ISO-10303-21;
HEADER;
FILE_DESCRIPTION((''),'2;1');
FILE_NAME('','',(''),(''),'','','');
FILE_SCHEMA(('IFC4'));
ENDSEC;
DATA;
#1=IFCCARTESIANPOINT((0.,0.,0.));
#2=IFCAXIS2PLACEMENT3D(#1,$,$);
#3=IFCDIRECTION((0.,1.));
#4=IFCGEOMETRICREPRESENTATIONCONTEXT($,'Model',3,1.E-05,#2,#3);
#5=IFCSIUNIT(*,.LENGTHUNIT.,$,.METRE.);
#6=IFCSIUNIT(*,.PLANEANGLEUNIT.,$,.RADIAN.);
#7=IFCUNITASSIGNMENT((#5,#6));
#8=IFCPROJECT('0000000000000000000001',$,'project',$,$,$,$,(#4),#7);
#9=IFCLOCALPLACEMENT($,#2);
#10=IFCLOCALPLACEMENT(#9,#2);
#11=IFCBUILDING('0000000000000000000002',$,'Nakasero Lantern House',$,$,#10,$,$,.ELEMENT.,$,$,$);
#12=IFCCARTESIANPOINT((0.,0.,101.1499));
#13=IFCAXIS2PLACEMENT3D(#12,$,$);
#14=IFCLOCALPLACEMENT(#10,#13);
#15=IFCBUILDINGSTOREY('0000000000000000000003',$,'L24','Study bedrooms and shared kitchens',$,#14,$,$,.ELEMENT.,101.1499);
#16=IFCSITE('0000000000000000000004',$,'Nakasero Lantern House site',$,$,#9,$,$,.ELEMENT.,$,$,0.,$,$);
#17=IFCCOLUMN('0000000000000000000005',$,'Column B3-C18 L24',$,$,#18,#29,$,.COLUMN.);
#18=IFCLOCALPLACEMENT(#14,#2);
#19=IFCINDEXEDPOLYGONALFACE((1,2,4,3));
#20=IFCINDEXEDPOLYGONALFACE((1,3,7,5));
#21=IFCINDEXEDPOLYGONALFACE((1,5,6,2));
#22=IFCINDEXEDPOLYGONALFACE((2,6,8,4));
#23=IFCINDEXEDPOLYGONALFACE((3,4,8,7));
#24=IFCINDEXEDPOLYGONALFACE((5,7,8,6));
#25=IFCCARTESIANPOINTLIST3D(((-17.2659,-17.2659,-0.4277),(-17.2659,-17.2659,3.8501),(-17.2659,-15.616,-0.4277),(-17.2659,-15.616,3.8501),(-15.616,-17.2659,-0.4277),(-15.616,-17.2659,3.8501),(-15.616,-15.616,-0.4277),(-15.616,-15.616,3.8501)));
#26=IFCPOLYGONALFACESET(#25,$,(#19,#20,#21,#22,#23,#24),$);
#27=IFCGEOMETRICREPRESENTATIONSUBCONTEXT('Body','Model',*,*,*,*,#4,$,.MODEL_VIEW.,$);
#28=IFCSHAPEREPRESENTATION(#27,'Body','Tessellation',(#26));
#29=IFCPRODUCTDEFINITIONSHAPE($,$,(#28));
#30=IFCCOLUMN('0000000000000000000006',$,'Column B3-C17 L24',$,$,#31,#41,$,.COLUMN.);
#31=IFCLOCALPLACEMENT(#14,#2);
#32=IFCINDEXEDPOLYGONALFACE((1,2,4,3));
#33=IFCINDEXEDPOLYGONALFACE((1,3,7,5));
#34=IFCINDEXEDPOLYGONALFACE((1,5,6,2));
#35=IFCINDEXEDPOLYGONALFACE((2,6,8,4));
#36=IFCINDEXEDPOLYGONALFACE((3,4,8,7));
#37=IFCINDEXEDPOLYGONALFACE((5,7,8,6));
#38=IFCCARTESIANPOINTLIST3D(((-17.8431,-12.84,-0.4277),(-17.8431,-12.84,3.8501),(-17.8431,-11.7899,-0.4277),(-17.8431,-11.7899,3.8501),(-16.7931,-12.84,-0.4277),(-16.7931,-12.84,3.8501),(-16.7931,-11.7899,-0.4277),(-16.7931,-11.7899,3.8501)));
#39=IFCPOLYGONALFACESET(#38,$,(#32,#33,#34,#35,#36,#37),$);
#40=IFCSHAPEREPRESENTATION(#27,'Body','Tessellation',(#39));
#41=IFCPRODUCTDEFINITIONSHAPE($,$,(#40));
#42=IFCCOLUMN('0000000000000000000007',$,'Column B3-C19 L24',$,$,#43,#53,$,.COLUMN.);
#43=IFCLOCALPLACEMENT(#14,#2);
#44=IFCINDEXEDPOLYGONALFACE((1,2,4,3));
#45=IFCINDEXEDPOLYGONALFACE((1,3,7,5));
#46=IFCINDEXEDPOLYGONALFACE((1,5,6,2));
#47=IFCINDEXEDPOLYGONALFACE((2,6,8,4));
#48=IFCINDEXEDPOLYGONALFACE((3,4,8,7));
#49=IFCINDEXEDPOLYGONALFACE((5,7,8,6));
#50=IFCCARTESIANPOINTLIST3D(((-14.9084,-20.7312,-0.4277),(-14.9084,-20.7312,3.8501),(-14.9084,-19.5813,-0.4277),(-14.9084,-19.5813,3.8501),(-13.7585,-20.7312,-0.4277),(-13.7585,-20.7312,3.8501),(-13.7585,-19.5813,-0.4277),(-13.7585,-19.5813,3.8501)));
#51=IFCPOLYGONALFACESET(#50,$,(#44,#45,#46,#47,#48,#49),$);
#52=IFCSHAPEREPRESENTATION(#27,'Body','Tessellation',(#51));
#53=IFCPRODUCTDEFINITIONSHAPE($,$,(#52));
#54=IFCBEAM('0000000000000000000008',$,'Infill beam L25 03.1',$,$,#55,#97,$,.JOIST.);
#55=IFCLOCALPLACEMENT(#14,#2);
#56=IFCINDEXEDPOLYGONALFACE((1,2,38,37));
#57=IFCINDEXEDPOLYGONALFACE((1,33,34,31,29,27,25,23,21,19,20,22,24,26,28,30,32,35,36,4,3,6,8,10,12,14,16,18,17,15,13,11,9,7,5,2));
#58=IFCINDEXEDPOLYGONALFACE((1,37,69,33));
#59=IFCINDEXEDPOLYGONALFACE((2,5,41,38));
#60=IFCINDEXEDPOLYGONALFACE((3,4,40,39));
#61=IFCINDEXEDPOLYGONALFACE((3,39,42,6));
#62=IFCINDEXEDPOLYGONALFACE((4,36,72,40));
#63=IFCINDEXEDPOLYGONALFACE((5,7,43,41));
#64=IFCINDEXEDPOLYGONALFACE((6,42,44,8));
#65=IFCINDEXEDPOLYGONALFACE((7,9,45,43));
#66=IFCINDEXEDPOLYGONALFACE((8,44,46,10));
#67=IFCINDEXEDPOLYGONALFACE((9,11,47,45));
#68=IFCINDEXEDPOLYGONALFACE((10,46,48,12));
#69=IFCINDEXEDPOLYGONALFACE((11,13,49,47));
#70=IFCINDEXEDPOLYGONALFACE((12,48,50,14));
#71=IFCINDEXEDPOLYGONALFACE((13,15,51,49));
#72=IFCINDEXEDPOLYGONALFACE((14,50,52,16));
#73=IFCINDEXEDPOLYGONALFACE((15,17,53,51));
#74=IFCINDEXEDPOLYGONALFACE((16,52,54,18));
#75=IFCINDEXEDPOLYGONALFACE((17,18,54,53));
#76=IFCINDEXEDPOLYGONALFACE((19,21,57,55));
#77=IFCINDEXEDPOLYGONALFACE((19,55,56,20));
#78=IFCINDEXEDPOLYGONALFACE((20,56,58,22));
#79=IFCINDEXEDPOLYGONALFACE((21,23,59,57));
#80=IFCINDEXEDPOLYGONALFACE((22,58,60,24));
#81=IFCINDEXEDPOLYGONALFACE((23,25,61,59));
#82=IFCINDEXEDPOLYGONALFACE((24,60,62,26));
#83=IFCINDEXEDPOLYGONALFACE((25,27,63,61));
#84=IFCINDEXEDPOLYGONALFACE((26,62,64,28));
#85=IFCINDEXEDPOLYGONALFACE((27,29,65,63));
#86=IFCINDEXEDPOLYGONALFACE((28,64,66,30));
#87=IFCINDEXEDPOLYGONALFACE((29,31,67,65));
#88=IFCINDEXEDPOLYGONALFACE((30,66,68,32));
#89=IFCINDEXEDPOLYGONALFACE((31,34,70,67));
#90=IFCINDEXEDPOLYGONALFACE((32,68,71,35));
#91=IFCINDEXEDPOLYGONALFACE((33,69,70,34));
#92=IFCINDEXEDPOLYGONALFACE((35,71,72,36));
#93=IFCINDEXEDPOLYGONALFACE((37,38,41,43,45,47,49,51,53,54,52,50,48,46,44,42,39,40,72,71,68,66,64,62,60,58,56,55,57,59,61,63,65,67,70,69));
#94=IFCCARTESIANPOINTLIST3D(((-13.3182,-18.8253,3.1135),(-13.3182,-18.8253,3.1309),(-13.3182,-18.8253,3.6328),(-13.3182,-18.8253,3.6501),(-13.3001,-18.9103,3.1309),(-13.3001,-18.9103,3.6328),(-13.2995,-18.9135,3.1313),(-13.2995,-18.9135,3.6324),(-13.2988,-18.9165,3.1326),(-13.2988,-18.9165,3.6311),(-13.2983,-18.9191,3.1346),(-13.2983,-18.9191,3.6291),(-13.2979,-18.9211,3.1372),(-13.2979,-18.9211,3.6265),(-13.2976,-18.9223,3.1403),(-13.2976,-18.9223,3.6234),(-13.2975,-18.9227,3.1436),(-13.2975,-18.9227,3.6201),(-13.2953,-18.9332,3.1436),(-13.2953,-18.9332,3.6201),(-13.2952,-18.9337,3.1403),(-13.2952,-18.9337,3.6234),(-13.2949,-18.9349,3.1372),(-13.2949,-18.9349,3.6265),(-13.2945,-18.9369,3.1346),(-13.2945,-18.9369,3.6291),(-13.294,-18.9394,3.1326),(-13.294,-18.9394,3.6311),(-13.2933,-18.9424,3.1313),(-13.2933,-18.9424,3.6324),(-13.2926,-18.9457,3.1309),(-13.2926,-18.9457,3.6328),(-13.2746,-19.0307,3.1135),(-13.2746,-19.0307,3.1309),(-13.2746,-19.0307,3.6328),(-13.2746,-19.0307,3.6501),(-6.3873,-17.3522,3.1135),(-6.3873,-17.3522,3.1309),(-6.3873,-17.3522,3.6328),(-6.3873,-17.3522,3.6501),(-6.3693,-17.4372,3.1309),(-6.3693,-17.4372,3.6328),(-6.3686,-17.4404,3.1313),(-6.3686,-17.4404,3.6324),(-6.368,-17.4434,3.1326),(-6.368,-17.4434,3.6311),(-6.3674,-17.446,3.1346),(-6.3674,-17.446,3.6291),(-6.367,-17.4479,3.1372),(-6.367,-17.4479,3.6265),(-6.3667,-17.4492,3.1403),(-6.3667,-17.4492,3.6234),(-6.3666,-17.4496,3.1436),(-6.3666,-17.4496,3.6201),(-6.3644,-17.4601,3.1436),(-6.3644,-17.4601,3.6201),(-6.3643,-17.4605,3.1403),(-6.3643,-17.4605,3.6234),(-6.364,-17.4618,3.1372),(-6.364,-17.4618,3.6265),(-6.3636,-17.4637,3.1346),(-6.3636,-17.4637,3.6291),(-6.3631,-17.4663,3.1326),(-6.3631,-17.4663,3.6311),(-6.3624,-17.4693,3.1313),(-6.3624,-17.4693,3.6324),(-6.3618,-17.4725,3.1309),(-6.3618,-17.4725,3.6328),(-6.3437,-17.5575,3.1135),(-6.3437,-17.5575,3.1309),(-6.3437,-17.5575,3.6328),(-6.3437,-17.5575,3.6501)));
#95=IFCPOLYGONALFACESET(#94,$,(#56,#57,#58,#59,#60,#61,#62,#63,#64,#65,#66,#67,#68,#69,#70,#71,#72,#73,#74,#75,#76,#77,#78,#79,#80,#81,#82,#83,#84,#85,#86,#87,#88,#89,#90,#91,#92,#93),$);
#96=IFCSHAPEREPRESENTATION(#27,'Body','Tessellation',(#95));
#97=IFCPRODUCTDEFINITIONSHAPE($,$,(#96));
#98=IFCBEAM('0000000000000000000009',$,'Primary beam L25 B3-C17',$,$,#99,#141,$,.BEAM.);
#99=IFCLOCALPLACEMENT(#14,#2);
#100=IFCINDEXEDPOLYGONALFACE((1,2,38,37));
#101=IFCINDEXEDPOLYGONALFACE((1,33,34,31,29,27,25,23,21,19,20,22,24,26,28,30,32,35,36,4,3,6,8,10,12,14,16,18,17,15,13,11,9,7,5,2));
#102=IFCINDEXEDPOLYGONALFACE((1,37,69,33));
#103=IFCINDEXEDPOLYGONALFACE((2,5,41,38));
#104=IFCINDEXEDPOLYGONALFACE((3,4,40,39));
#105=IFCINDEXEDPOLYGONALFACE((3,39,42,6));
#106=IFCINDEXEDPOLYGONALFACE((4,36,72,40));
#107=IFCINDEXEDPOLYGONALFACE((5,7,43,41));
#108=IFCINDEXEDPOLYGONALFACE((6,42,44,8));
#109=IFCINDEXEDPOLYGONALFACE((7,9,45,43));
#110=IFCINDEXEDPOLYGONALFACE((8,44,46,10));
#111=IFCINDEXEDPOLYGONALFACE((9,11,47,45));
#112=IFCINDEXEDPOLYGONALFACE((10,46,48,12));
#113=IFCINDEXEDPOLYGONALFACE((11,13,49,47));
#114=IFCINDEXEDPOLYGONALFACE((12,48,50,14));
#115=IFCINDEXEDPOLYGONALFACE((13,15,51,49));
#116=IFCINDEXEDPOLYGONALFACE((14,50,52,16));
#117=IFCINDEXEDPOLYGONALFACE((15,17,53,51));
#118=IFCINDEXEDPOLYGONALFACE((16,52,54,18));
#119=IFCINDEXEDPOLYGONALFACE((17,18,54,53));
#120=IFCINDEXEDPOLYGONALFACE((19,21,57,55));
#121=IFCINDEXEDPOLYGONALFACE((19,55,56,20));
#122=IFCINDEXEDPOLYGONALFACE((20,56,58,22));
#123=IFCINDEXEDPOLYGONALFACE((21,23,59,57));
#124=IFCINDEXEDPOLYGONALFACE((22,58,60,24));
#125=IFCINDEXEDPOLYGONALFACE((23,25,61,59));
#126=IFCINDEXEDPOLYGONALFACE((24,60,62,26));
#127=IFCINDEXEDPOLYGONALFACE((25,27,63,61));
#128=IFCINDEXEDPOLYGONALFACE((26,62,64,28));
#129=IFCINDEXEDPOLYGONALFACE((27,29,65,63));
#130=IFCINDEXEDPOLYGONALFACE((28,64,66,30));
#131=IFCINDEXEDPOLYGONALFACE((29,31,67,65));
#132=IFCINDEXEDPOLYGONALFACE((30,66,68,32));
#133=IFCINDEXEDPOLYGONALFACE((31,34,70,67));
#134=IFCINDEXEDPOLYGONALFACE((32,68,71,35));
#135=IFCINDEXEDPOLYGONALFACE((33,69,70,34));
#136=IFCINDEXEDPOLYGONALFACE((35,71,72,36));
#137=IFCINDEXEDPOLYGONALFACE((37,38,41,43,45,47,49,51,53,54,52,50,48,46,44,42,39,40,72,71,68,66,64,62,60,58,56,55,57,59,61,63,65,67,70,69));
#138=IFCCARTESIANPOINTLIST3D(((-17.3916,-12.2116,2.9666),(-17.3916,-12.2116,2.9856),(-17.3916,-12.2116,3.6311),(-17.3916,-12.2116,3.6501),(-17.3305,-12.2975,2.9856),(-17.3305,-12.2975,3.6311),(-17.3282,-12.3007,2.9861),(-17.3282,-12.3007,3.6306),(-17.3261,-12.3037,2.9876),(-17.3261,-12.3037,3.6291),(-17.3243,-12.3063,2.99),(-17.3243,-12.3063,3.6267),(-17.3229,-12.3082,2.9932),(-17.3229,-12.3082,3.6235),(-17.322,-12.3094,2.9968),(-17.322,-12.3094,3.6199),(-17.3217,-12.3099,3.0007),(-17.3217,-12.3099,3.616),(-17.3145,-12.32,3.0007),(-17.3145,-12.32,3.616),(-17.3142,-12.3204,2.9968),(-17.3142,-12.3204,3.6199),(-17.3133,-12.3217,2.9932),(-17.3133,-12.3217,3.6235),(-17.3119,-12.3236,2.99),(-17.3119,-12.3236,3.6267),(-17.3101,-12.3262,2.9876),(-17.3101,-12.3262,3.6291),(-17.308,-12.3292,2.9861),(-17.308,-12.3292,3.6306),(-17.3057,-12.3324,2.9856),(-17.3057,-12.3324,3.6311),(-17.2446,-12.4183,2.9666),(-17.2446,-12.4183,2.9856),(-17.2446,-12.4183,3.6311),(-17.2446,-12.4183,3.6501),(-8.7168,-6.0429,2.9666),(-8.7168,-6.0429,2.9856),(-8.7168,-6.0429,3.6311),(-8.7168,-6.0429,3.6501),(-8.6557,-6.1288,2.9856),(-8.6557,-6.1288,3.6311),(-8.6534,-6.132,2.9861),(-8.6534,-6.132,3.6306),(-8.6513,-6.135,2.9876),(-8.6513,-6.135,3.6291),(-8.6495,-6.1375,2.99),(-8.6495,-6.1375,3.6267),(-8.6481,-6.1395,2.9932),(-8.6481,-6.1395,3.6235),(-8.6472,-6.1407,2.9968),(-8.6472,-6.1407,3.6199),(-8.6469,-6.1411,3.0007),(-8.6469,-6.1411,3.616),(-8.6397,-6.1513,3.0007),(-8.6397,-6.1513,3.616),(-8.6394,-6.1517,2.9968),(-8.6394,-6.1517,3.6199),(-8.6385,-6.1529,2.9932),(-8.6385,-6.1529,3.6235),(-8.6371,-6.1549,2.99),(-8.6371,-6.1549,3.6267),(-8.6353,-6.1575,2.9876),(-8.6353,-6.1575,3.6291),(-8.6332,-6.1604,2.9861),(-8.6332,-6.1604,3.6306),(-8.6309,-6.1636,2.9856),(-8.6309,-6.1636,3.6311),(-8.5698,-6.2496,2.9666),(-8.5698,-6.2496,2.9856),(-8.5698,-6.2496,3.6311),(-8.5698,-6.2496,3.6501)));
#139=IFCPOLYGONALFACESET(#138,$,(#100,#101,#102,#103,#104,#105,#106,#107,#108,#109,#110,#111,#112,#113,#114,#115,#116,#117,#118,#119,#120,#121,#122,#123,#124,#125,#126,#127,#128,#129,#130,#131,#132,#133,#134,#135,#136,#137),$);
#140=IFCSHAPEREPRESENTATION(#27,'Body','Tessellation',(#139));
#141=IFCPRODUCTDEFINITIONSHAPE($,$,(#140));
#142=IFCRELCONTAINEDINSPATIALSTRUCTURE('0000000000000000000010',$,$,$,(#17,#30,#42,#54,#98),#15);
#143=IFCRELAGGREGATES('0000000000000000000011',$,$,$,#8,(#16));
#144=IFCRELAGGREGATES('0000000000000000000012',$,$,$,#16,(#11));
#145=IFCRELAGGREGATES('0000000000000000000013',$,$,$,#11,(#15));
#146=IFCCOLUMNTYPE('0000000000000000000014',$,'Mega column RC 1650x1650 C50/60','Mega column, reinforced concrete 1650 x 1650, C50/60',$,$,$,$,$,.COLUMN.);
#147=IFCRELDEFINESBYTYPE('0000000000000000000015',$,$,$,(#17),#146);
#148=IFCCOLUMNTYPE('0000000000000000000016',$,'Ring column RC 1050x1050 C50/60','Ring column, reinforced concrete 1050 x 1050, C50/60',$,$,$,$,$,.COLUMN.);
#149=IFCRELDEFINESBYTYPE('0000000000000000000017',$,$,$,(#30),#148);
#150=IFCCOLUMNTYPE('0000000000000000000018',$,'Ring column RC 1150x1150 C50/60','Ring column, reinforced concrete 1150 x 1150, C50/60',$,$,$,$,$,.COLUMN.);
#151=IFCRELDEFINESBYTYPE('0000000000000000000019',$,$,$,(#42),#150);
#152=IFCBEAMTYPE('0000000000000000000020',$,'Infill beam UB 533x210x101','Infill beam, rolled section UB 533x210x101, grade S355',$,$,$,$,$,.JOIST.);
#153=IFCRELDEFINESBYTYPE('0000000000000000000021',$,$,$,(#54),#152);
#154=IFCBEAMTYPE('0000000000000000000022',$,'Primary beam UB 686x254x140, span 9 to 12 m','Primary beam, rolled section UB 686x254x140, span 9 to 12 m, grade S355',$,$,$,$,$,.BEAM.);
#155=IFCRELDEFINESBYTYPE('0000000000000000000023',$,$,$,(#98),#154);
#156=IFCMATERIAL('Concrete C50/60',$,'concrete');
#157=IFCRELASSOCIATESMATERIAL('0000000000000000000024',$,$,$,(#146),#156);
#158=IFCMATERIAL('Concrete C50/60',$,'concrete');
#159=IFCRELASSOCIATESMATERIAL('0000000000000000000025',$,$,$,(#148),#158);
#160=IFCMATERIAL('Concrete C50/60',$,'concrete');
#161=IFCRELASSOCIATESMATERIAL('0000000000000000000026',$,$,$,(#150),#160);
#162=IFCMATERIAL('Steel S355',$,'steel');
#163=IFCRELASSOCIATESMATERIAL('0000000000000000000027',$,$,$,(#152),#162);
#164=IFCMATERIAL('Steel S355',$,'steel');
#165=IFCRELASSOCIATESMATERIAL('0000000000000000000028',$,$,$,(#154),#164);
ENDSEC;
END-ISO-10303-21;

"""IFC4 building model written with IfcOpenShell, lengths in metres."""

from ifc_helpers import new_model, si_unit, direction, frame, origin, origin_2d, place, context, subcontext, project, spatial, rectangle, i_section, extrude, material, material_profile, profile_set, type_object, element, save


model = new_model("IFC4")

# Units and contexts
model_context = context("Model", 3, precision=1e-05, world=origin(), true_north=direction((0.0, 1.0)))
body_context = subcontext(model_context, "Body", "Model", "MODEL_VIEW")
ifc_project = project(units=[si_unit("LENGTHUNIT", "METRE"), si_unit("PLANEANGLEUNIT", "RADIAN")], contexts=[model_context])

# Site, building, storey
site_placement = place(None, origin())
site = spatial("IfcSite", under=ifc_project, at=site_placement, Name="Nakasero Lantern House site", CompositionType="ELEMENT", RefElevation=0.0)
building_placement = place(site_placement, origin())
building = spatial("IfcBuilding", under=site, at=building_placement, Name="Nakasero Lantern House", CompositionType="ELEMENT")
storey_placement = place(building_placement, frame((0.0, 0.0, 101.1499)))
storey = spatial("IfcBuildingStorey", under=building, at=storey_placement, Name="L24", Description="Study bedrooms and shared kitchens", CompositionType="ELEMENT", Elevation=101.1499)

# Columns
ifc_material_1 = material(Name="Concrete C50/60", Category="concrete")
ifc_material_profile_1 = material_profile(ifc_material_1, rectangle(XDim=1.6499, YDim=1.6499, at=origin_2d()), Name="RC 1650x1650")
ifc_profile_set_1 = profile_set([ifc_material_profile_1], Name="Concrete C50/60")
column_type_1 = type_object("IfcColumnType", Name="Mega column RC 1650x1650 C50/60", Description="Mega column, reinforced concrete 1650 x 1650, C50/60", PredefinedType="COLUMN", material=ifc_profile_set_1)
column_1_placement = place(storey_placement, frame((-16.4409, -16.4409, -0.4277), z_axis=(0.0, 0.0, 1.0), x_axis=(1.0, 0.0, 0.0)))
element("IfcColumn", 1, at=column_1_placement, inside=storey, type_object=column_type_1, Name="Column B3-C18 L24", PredefinedType="COLUMN", context=body_context, shape_type="SweptSolid", body=[
    extrude(rectangle(XDim=1.6499, YDim=1.6499, at=origin_2d()), origin(), (0.0, 0.0, 1.0), 4.2778),
])
ifc_material_2 = material(Name="Concrete C50/60", Category="concrete")
ifc_material_profile_2 = material_profile(ifc_material_2, rectangle(XDim=1.05, YDim=1.05, at=origin_2d()), Name="RC 1050x1050")
ifc_profile_set_2 = profile_set([ifc_material_profile_2], Name="Concrete C50/60")
column_type_2 = type_object("IfcColumnType", Name="Ring column RC 1050x1050 C50/60", Description="Ring column, reinforced concrete 1050 x 1050, C50/60", PredefinedType="COLUMN", material=ifc_profile_set_2)
column_2_placement = place(storey_placement, frame((-17.3181, -12.3149, -0.4277), z_axis=(0.0, 0.0, 1.0), x_axis=(1.0, 0.0, 0.0)))
element("IfcColumn", 2, at=column_2_placement, inside=storey, type_object=column_type_2, Name="Column B3-C17 L24", PredefinedType="COLUMN", context=body_context, shape_type="SweptSolid", body=[
    extrude(rectangle(XDim=1.05, YDim=1.05, at=origin_2d()), origin(), (0.0, 0.0, 1.0), 4.2778),
])
ifc_material_3 = material(Name="Concrete C50/60", Category="concrete")
ifc_material_profile_3 = material_profile(ifc_material_3, rectangle(XDim=1.1499, YDim=1.1499, at=origin_2d()), Name="RC 1150x1150")
ifc_profile_set_3 = profile_set([ifc_material_profile_3], Name="Concrete C50/60")
column_type_3 = type_object("IfcColumnType", Name="Ring column RC 1150x1150 C50/60", Description="Ring column, reinforced concrete 1150 x 1150, C50/60", PredefinedType="COLUMN", material=ifc_profile_set_3)
column_3_placement = place(storey_placement, frame((-14.3335, -20.1562, -0.4277), z_axis=(0.0, 0.0, 1.0), x_axis=(1.0, 0.0, 0.0)))
element("IfcColumn", 3, at=column_3_placement, inside=storey, type_object=column_type_3, Name="Column B3-C19 L24", PredefinedType="COLUMN", context=body_context, shape_type="SweptSolid", body=[
    extrude(rectangle(XDim=1.1499, YDim=1.1499, at=origin_2d()), origin(), (0.0, 0.0, 1.0), 4.2778),
])

# Beams
ifc_material_4 = material(Name="Steel S355", Category="steel")
ifc_material_profile_4 = material_profile(ifc_material_4, i_section(OverallWidth=0.21, OverallDepth=0.5366, WebThickness=0.0107, FlangeThickness=0.0173, FilletRadius=0.0127, at=origin_2d()), Name="UB 533x210x101")
ifc_profile_set_4 = profile_set([ifc_material_profile_4], Name="Steel S355")
beam_type_1 = type_object("IfcBeamType", Name="Infill beam UB 533x210x101", Description="Infill beam, rolled section UB 533x210x101, grade S355", PredefinedType="JOIST", material=ifc_profile_set_4)
beam_1_placement = place(storey_placement, frame((-13.2964, -18.928, 3.3818), z_axis=(0.978149, 0.207903, 0.0), x_axis=(-0.207903, 0.978149, 0.0)))
element("IfcBeam", 4, at=beam_1_placement, inside=storey, type_object=beam_type_1, Name="Infill beam L25 03.1", PredefinedType="JOIST", context=body_context, shape_type="SweptSolid", body=[
    extrude(i_section(OverallWidth=0.21, OverallDepth=0.5366, WebThickness=0.0107, FlangeThickness=0.0173, FilletRadius=0.0127, at=origin_2d()), origin(), (0.0, 0.0, 1.0), 7.0857),
])
ifc_material_5 = material(Name="Steel S355", Category="steel")
ifc_material_profile_5 = material_profile(ifc_material_5, i_section(OverallWidth=0.2537, OverallDepth=0.6836, WebThickness=0.0125, FlangeThickness=0.019, FilletRadius=0.0151, at=origin_2d()), Name="UB 686x254x140")
ifc_profile_set_5 = profile_set([ifc_material_profile_5], Name="Steel S355")
beam_type_2 = type_object("IfcBeamType", Name="Primary beam UB 686x254x140, span 9 to 12 m", Description="Primary beam, rolled section UB 686x254x140, span 9 to 12 m, grade S355", PredefinedType="BEAM", material=ifc_profile_set_5)
beam_2_placement = place(storey_placement, frame((-17.3181, -12.3149, 3.3083), z_axis=(0.814957, 0.579521, 0.0), x_axis=(-0.579521, 0.814957, 0.0)))
element("IfcBeam", 5, at=beam_2_placement, inside=storey, type_object=beam_type_2, Name="Primary beam L25 B3-C17", PredefinedType="BEAM", context=body_context, shape_type="SweptSolid", body=[
    extrude(i_section(OverallWidth=0.2537, OverallDepth=0.6836, WebThickness=0.0125, FlangeThickness=0.019, FilletRadius=0.0151, at=origin_2d()), origin(), (0.0, 0.0, 1.0), 10.6445),
])

save(model, "model.ifc")
